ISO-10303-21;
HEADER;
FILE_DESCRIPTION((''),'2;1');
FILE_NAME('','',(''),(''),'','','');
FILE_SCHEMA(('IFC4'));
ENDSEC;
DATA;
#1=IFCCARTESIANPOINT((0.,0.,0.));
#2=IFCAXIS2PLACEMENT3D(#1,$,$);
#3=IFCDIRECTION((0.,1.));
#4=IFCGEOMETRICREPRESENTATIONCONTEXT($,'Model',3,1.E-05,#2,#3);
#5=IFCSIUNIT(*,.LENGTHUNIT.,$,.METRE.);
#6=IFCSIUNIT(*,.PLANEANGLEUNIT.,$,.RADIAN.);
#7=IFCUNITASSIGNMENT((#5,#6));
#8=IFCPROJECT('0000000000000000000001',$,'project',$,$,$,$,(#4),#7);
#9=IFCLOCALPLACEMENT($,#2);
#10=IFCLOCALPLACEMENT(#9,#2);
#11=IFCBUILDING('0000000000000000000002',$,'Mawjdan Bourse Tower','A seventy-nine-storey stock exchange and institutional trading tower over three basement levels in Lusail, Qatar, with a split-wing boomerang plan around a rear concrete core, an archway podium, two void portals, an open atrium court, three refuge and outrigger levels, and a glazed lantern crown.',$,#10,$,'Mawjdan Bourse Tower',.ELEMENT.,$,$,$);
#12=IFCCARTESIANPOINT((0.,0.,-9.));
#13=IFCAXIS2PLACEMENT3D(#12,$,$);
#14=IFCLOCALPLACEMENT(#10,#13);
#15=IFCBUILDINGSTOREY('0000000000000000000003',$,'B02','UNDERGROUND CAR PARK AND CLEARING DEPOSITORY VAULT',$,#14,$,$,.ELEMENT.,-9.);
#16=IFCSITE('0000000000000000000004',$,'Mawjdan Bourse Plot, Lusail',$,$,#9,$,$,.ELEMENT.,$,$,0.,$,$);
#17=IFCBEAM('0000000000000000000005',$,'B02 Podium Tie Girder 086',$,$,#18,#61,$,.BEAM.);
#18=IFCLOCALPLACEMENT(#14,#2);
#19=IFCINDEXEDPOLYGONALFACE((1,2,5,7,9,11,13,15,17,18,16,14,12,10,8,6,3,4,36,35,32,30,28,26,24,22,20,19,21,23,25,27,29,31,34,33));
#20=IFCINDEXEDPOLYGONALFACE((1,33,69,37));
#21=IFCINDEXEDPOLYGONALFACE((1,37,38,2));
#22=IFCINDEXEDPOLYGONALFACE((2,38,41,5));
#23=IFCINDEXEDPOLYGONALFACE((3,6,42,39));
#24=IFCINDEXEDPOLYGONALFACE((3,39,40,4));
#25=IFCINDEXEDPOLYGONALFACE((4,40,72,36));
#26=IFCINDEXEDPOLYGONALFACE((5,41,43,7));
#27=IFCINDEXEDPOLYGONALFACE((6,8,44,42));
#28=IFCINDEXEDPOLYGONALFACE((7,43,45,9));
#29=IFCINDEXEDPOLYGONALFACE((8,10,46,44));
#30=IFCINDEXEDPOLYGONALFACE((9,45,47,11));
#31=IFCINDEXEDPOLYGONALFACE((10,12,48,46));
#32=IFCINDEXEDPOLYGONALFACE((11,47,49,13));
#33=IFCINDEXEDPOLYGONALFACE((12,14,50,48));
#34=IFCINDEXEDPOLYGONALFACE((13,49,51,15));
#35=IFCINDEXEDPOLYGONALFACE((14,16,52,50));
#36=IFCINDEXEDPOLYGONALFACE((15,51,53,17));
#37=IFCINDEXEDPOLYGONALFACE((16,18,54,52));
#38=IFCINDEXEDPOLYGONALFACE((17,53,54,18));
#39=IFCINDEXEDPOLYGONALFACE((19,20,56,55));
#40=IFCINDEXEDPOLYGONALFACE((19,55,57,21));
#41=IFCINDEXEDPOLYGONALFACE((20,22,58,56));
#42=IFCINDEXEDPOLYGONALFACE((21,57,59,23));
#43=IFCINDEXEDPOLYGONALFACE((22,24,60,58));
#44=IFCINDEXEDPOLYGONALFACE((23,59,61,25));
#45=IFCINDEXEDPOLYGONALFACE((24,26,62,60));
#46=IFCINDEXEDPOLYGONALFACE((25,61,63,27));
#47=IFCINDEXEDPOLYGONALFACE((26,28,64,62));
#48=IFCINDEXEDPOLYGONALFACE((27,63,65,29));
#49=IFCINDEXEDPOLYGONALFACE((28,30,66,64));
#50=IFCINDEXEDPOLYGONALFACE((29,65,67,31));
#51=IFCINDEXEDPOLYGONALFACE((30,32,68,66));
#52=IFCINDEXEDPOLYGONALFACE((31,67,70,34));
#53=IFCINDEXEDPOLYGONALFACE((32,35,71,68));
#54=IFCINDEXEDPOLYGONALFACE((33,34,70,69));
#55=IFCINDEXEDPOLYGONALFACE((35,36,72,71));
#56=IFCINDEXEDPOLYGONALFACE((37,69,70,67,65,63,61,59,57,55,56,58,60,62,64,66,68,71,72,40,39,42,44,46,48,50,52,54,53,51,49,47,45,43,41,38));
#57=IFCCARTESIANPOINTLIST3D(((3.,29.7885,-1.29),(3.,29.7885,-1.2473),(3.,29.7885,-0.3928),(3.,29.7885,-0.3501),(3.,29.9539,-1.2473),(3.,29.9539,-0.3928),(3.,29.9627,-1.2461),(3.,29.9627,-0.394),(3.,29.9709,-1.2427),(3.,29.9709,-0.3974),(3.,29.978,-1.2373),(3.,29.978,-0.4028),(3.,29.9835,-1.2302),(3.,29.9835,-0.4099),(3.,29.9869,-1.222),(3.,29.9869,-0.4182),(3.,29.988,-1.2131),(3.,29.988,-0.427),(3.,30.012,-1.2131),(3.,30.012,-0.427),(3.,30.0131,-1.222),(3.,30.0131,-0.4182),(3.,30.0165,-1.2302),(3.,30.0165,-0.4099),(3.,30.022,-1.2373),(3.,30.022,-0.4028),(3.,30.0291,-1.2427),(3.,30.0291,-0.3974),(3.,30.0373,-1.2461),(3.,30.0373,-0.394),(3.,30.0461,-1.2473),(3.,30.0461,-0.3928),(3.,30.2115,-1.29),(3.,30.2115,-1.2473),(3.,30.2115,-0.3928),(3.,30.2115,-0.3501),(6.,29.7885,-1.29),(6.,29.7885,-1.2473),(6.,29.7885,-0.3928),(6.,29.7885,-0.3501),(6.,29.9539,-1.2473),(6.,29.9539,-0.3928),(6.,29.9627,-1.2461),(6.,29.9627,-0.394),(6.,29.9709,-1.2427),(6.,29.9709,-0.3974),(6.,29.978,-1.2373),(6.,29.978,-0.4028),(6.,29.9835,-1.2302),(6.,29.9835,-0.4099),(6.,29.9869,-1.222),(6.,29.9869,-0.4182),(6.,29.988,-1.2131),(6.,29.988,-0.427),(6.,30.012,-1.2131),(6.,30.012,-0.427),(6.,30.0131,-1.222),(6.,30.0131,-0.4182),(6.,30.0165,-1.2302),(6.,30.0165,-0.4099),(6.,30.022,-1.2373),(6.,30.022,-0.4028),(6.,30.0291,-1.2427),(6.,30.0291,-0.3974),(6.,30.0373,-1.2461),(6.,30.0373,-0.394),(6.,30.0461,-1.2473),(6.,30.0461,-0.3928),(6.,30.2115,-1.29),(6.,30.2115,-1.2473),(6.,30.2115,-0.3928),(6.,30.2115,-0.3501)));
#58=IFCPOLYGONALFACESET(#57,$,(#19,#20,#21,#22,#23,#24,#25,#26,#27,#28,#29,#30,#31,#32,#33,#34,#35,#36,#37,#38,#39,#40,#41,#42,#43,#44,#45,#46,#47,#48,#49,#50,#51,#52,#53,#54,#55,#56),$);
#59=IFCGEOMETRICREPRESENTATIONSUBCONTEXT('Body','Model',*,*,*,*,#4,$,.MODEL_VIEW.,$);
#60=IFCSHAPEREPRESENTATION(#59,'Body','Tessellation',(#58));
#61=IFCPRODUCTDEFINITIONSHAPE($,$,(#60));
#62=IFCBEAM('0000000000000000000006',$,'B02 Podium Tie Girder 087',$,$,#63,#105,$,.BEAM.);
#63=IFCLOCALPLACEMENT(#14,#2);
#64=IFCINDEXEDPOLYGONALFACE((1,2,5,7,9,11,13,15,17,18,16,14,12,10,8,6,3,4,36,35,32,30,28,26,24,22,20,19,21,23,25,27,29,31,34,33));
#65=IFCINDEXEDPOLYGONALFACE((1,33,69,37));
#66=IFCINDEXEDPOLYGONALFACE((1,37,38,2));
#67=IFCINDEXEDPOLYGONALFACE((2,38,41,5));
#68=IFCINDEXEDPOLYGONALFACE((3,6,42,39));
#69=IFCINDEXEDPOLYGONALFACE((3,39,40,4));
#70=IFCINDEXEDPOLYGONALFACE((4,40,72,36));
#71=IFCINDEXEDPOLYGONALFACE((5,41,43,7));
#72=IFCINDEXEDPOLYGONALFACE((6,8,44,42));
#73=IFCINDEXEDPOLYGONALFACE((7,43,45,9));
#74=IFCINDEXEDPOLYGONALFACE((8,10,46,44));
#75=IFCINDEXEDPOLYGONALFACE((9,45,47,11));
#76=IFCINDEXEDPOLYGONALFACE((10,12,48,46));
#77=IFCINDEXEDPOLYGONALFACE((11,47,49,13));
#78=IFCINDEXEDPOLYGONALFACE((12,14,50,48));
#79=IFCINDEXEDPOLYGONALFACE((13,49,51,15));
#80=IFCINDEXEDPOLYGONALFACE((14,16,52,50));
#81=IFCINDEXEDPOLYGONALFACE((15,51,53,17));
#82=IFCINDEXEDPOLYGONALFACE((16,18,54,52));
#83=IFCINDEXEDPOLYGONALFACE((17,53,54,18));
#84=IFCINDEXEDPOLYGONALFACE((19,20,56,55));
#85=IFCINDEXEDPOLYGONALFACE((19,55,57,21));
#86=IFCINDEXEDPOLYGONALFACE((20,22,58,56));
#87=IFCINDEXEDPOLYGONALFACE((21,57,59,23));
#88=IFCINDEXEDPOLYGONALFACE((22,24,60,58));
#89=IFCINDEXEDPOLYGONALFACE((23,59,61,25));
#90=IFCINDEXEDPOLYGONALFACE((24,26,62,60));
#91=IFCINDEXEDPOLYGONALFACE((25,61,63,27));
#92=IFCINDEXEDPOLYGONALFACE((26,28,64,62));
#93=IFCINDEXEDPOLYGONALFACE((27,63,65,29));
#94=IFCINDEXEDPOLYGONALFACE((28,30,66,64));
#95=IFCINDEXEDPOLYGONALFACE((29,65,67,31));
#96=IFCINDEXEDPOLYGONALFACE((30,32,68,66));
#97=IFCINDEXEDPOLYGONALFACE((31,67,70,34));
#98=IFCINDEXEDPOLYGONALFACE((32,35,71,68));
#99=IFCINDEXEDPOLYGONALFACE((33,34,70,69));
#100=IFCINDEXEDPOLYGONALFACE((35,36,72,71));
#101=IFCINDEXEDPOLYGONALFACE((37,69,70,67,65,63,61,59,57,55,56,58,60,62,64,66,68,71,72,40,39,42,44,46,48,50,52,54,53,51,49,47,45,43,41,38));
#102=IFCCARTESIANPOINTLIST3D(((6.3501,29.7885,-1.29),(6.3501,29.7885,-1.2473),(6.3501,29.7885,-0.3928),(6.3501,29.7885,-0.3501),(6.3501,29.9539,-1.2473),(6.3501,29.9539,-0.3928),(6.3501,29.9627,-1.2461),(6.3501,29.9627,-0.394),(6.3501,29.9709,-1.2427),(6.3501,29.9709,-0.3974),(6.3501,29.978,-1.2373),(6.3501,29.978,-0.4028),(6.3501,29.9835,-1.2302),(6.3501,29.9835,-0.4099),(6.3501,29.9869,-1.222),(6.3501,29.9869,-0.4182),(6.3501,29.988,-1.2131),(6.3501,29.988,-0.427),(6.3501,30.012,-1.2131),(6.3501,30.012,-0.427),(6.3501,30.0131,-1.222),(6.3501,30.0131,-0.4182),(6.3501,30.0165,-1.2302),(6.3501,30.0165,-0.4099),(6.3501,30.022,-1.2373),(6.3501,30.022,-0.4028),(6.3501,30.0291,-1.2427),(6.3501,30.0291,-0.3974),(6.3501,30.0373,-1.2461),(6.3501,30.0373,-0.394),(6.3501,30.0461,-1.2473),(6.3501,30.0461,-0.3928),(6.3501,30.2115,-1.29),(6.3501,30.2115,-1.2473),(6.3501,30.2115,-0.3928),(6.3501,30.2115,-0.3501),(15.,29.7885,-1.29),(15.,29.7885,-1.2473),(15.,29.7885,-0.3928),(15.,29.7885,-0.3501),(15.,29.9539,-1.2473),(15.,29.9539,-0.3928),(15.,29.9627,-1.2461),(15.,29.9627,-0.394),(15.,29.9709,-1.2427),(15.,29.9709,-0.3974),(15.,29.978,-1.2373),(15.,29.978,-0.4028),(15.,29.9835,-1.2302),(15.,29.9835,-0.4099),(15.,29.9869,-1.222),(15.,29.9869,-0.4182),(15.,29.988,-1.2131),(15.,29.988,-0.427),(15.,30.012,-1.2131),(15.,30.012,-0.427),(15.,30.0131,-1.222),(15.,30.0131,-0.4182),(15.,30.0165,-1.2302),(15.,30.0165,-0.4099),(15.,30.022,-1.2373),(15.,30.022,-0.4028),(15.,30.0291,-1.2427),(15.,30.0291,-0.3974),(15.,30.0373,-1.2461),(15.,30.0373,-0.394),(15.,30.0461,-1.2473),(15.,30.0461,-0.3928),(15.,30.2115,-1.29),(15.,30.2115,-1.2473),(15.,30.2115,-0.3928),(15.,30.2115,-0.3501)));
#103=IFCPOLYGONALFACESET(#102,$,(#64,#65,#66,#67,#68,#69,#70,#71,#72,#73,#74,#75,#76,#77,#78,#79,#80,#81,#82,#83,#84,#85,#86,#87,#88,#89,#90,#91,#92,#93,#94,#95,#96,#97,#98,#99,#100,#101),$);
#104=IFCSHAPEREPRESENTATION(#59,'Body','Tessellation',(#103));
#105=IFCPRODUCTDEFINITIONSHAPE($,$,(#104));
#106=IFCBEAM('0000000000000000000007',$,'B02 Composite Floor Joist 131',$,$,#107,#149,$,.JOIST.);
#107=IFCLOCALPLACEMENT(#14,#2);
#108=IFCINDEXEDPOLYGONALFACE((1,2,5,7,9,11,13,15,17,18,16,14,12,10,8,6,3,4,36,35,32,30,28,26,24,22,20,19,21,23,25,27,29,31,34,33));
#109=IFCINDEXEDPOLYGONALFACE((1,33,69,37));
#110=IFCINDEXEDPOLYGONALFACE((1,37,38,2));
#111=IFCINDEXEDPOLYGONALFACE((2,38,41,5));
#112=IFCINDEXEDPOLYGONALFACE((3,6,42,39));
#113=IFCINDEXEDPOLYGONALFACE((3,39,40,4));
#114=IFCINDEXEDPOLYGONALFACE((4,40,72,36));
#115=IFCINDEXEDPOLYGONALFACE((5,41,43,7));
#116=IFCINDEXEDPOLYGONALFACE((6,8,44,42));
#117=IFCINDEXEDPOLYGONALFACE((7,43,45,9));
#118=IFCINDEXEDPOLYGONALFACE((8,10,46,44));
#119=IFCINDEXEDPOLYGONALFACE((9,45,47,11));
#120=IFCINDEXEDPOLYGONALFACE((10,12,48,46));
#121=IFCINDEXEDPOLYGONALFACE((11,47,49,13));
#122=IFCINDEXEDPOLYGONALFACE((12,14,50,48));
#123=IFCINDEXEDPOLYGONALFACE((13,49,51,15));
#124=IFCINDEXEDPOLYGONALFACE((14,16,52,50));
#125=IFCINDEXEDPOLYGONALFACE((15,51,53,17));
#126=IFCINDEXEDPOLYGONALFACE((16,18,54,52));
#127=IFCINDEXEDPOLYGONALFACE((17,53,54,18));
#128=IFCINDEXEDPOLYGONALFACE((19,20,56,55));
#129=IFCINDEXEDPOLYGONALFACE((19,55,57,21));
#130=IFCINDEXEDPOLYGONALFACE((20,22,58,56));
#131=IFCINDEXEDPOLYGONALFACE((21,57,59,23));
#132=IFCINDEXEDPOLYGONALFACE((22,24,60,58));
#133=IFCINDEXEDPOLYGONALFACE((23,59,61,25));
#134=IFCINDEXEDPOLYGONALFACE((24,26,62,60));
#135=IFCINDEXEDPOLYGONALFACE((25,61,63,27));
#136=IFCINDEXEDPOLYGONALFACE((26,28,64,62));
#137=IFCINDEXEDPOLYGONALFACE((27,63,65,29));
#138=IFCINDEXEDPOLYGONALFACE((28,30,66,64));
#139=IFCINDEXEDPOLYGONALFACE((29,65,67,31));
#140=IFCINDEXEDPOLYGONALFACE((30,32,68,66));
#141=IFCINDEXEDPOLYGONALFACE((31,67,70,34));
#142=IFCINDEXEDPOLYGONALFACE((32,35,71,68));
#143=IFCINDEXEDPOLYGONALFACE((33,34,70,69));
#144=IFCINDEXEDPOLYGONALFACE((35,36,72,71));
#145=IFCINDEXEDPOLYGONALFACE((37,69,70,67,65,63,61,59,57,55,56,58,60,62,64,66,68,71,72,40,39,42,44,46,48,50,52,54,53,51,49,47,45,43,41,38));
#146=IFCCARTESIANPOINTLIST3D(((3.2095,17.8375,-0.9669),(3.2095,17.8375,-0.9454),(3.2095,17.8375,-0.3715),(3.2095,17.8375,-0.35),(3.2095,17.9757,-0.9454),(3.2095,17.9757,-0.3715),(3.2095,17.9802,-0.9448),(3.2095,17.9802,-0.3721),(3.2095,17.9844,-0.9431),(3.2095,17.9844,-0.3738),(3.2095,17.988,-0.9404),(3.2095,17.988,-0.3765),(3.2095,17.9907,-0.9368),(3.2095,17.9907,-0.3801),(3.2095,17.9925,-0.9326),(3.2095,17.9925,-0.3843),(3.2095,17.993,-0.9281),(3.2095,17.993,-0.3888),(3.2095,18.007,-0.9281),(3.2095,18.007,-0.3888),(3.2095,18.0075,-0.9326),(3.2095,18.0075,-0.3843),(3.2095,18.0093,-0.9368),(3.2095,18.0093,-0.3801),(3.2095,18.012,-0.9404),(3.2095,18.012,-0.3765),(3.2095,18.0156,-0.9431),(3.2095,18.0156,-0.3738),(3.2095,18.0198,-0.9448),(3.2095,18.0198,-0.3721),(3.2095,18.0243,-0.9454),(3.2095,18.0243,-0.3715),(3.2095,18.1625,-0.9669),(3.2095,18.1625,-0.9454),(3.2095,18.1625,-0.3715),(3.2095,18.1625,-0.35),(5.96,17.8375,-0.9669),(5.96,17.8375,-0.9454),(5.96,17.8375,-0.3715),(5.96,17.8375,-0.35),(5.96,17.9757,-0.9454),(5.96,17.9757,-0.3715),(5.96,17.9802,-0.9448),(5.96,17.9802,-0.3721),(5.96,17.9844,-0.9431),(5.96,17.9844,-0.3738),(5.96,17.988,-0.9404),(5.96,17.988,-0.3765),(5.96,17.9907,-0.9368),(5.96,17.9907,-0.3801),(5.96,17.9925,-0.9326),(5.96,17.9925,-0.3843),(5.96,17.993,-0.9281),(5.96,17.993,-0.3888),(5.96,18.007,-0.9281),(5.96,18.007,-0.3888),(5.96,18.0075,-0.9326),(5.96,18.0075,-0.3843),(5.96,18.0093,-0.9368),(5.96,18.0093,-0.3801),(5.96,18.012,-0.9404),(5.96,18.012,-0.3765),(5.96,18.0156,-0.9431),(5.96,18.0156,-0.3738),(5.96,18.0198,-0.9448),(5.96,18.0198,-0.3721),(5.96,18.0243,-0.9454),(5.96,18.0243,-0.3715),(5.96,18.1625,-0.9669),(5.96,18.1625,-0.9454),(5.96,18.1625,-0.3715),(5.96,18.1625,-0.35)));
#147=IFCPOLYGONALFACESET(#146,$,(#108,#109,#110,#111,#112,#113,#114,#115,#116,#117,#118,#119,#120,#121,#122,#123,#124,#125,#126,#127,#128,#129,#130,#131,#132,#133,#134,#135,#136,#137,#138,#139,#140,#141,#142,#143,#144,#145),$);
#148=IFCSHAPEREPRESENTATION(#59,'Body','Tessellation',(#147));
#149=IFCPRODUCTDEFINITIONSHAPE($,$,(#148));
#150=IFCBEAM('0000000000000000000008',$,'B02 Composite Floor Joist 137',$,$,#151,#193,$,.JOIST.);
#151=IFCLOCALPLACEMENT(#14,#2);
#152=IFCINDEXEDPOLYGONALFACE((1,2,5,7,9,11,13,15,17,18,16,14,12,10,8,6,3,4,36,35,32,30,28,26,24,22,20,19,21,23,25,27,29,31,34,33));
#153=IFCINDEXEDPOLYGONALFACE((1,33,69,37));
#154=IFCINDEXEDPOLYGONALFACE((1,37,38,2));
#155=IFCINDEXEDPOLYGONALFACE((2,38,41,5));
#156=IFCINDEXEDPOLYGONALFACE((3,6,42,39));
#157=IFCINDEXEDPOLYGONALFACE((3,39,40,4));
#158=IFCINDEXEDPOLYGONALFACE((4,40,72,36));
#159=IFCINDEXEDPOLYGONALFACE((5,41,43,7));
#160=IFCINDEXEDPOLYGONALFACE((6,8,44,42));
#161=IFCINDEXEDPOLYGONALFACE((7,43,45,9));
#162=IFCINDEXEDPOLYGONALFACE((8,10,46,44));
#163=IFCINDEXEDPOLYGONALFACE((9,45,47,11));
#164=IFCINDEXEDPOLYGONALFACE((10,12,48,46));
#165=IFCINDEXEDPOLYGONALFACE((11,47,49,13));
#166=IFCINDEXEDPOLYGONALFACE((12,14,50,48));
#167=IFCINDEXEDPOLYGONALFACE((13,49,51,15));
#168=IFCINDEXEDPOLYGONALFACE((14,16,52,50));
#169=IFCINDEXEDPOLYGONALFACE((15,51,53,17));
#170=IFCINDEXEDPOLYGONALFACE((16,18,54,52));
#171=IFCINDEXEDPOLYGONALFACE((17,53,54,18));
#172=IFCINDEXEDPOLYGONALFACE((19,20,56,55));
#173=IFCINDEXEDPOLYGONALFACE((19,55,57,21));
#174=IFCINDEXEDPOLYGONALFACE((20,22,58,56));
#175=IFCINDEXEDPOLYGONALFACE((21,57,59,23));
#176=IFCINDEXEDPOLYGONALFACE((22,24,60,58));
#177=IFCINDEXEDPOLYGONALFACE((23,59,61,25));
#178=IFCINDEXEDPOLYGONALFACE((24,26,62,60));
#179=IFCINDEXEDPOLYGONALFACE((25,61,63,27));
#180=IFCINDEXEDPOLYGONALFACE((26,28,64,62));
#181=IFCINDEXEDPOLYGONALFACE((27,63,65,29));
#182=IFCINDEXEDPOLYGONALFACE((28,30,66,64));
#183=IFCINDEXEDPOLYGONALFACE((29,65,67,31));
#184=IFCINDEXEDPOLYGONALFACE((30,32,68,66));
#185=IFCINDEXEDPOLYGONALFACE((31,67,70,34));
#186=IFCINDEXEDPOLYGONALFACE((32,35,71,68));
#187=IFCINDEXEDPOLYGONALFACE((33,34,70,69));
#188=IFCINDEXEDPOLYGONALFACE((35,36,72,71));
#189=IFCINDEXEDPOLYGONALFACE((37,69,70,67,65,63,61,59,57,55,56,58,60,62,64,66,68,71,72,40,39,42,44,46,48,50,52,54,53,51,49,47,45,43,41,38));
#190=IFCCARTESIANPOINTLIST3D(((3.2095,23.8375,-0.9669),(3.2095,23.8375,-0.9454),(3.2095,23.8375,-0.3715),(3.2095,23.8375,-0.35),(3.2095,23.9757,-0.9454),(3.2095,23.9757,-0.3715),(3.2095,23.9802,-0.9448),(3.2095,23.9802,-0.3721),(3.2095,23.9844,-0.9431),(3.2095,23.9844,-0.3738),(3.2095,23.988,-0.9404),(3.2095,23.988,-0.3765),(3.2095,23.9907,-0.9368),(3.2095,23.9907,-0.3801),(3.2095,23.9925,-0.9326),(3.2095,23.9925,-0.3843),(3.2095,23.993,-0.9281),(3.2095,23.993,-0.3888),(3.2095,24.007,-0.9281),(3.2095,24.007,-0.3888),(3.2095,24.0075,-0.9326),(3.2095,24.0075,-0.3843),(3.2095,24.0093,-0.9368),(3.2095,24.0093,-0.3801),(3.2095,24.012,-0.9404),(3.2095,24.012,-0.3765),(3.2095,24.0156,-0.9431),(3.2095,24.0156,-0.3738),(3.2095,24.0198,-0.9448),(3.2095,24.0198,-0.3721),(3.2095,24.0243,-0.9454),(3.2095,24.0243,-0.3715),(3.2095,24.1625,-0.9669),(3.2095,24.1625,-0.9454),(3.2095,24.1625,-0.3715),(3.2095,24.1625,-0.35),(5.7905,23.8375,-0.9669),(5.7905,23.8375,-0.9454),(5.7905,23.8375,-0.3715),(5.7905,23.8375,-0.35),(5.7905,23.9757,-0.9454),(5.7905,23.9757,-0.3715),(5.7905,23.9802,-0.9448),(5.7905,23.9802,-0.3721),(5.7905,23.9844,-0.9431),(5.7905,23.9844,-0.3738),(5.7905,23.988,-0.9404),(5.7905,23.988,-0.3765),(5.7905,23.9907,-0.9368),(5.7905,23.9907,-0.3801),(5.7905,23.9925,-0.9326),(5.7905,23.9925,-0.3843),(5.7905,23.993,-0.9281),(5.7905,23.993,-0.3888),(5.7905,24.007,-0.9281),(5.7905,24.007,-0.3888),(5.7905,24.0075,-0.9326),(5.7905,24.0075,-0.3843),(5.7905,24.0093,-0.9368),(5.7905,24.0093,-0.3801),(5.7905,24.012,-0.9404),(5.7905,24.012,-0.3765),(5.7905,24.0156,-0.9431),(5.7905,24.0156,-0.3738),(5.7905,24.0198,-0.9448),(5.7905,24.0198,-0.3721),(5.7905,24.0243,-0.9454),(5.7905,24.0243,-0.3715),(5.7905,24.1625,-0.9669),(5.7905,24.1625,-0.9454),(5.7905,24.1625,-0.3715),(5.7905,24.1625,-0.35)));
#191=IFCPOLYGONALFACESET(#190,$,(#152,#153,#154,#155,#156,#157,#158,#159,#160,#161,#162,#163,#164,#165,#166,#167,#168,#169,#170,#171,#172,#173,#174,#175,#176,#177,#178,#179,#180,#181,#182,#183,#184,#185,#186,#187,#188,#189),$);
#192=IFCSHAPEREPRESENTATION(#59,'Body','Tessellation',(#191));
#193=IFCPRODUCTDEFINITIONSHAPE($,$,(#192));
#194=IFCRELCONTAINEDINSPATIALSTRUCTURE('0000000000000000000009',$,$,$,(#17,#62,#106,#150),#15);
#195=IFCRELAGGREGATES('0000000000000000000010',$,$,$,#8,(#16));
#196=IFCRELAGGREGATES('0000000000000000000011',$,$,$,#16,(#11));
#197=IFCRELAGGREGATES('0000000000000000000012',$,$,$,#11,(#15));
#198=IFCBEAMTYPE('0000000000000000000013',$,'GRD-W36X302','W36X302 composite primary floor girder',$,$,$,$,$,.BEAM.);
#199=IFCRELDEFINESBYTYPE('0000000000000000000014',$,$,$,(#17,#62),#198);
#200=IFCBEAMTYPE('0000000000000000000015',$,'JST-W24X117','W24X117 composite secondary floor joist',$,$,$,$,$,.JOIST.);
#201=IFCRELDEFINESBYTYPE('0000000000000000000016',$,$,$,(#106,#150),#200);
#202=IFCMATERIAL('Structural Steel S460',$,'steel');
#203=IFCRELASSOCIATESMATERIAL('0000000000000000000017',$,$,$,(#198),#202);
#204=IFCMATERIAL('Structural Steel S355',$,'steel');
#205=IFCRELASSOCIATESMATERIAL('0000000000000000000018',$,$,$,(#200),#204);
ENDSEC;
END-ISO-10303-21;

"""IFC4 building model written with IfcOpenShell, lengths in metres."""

from ifc_helpers import new_model, si_unit, direction, frame, origin, origin_2d, place, context, subcontext, project, spatial, i_section, extrude, material, material_profile, profile_set, type_object, element, save


model = new_model("IFC4")

# Units and contexts
model_context = context("Model", 3, precision=1e-05, world=origin(), true_north=direction((0.0, 1.0)))
body_context = subcontext(model_context, "Body", "Model", "MODEL_VIEW")
ifc_project = project(units=[si_unit("LENGTHUNIT", "METRE"), si_unit("PLANEANGLEUNIT", "RADIAN")], contexts=[model_context])

# Site, building, storey
site_placement = place(None, origin())
site = spatial("IfcSite", under=ifc_project, at=site_placement, Name="Mawjdan Bourse Plot, Lusail", CompositionType="ELEMENT", RefElevation=0.0)
building_placement = place(site_placement, origin())
building = spatial("IfcBuilding", under=site, at=building_placement, Name="Mawjdan Bourse Tower", Description="A seventy-nine-storey stock exchange and institutional trading tower over three basement levels in Lusail, Qatar, with a split-wing boomerang plan around a rear concrete core, an archway podium, two void portals, an open atrium court, three refuge and outrigger levels, and a glazed lantern crown.", LongName="Mawjdan Bourse Tower", CompositionType="ELEMENT")
storey_placement = place(building_placement, frame((0.0, 0.0, -9.0)))
storey = spatial("IfcBuildingStorey", under=building, at=storey_placement, Name="B02", Description="UNDERGROUND CAR PARK AND CLEARING DEPOSITORY VAULT", CompositionType="ELEMENT", Elevation=-9.0)

# Beams
ifc_material_1 = material(Name="Structural Steel S460", Category="steel")
ifc_material_profile_1 = material_profile(ifc_material_1, i_section(OverallWidth=0.4231, OverallDepth=0.9399, WebThickness=0.0239, FlangeThickness=0.0427, FilletRadius=0.0342, at=origin_2d()), Name="W36X302")
ifc_profile_set_1 = profile_set([ifc_material_profile_1], Name="Structural Steel S460")
beam_type_1 = type_object("IfcBeamType", Name="GRD-W36X302", Description="W36X302 composite primary floor girder", PredefinedType="BEAM", material=ifc_profile_set_1)
beam_1_placement = place(storey_placement, frame((3.0, 30.0, -0.8201), z_axis=(1.0, 0.0, 0.0), x_axis=(0.0, 1.0, 0.0)))
element("IfcBeam", 1, at=beam_1_placement, inside=storey, type_object=beam_type_1, Name="B02 Podium Tie Girder 086", PredefinedType="BEAM", context=body_context, shape_type="SweptSolid", body=[
    extrude(i_section(OverallWidth=0.4231, OverallDepth=0.9399, WebThickness=0.0239, FlangeThickness=0.0427, FilletRadius=0.0342, at=origin_2d()), origin(), (0.0, 0.0, 1.0), 3.0),
])
beam_2_placement = place(storey_placement, frame((6.3501, 30.0, -0.8201), z_axis=(1.0, 0.0, 0.0), x_axis=(0.0, 1.0, 0.0)))
element("IfcBeam", 2, at=beam_2_placement, inside=storey, type_object=beam_type_1, Name="B02 Podium Tie Girder 087", PredefinedType="BEAM", context=body_context, shape_type="SweptSolid", body=[
    extrude(i_section(OverallWidth=0.4231, OverallDepth=0.9399, WebThickness=0.0239, FlangeThickness=0.0427, FilletRadius=0.0342, at=origin_2d()), origin(), (0.0, 0.0, 1.0), 8.6499),
])
ifc_material_2 = material(Name="Structural Steel S355", Category="steel")
ifc_material_profile_2 = material_profile(ifc_material_2, i_section(OverallWidth=0.325, OverallDepth=0.6169, WebThickness=0.0139, FlangeThickness=0.0215, FilletRadius=0.0173, at=origin_2d()), Name="W24X117")
ifc_profile_set_2 = profile_set([ifc_material_profile_2], Name="Structural Steel S355")
beam_type_2 = type_object("IfcBeamType", Name="JST-W24X117", Description="W24X117 composite secondary floor joist", PredefinedType="JOIST", material=ifc_profile_set_2)
beam_3_placement = place(storey_placement, frame((3.2095, 18.0, -0.6584), z_axis=(1.0, 0.0, 0.0), x_axis=(0.0, 1.0, 0.0)))
element("IfcBeam", 3, at=beam_3_placement, inside=storey, type_object=beam_type_2, Name="B02 Composite Floor Joist 131", PredefinedType="JOIST", context=body_context, shape_type="SweptSolid", body=[
    extrude(i_section(OverallWidth=0.325, OverallDepth=0.6169, WebThickness=0.0139, FlangeThickness=0.0215, FilletRadius=0.0173, at=origin_2d()), origin(), (0.0, 0.0, 1.0), 2.7505),
])
for number, where, z_axis, x_axis, name in (
    (4, (3.2095, 24.0, -0.6584), (1.0, 0.0, 0.0), (0.0, 1.0, 0.0), "B02 Composite Floor Joist 137"),
):
    element("IfcBeam", number, at=place(storey_placement, frame(where, z_axis=z_axis, x_axis=x_axis)), inside=storey, type_object=beam_type_2, Name=name, PredefinedType="JOIST", context=body_context, shape_type="SweptSolid", body=[
        extrude(i_section(OverallWidth=0.325, OverallDepth=0.6169, WebThickness=0.0139, FlangeThickness=0.0215, FilletRadius=0.0173, at=origin_2d()), origin(), (0.0, 0.0, 1.0), 2.5811),
    ])

save(model, "model.ifc")
